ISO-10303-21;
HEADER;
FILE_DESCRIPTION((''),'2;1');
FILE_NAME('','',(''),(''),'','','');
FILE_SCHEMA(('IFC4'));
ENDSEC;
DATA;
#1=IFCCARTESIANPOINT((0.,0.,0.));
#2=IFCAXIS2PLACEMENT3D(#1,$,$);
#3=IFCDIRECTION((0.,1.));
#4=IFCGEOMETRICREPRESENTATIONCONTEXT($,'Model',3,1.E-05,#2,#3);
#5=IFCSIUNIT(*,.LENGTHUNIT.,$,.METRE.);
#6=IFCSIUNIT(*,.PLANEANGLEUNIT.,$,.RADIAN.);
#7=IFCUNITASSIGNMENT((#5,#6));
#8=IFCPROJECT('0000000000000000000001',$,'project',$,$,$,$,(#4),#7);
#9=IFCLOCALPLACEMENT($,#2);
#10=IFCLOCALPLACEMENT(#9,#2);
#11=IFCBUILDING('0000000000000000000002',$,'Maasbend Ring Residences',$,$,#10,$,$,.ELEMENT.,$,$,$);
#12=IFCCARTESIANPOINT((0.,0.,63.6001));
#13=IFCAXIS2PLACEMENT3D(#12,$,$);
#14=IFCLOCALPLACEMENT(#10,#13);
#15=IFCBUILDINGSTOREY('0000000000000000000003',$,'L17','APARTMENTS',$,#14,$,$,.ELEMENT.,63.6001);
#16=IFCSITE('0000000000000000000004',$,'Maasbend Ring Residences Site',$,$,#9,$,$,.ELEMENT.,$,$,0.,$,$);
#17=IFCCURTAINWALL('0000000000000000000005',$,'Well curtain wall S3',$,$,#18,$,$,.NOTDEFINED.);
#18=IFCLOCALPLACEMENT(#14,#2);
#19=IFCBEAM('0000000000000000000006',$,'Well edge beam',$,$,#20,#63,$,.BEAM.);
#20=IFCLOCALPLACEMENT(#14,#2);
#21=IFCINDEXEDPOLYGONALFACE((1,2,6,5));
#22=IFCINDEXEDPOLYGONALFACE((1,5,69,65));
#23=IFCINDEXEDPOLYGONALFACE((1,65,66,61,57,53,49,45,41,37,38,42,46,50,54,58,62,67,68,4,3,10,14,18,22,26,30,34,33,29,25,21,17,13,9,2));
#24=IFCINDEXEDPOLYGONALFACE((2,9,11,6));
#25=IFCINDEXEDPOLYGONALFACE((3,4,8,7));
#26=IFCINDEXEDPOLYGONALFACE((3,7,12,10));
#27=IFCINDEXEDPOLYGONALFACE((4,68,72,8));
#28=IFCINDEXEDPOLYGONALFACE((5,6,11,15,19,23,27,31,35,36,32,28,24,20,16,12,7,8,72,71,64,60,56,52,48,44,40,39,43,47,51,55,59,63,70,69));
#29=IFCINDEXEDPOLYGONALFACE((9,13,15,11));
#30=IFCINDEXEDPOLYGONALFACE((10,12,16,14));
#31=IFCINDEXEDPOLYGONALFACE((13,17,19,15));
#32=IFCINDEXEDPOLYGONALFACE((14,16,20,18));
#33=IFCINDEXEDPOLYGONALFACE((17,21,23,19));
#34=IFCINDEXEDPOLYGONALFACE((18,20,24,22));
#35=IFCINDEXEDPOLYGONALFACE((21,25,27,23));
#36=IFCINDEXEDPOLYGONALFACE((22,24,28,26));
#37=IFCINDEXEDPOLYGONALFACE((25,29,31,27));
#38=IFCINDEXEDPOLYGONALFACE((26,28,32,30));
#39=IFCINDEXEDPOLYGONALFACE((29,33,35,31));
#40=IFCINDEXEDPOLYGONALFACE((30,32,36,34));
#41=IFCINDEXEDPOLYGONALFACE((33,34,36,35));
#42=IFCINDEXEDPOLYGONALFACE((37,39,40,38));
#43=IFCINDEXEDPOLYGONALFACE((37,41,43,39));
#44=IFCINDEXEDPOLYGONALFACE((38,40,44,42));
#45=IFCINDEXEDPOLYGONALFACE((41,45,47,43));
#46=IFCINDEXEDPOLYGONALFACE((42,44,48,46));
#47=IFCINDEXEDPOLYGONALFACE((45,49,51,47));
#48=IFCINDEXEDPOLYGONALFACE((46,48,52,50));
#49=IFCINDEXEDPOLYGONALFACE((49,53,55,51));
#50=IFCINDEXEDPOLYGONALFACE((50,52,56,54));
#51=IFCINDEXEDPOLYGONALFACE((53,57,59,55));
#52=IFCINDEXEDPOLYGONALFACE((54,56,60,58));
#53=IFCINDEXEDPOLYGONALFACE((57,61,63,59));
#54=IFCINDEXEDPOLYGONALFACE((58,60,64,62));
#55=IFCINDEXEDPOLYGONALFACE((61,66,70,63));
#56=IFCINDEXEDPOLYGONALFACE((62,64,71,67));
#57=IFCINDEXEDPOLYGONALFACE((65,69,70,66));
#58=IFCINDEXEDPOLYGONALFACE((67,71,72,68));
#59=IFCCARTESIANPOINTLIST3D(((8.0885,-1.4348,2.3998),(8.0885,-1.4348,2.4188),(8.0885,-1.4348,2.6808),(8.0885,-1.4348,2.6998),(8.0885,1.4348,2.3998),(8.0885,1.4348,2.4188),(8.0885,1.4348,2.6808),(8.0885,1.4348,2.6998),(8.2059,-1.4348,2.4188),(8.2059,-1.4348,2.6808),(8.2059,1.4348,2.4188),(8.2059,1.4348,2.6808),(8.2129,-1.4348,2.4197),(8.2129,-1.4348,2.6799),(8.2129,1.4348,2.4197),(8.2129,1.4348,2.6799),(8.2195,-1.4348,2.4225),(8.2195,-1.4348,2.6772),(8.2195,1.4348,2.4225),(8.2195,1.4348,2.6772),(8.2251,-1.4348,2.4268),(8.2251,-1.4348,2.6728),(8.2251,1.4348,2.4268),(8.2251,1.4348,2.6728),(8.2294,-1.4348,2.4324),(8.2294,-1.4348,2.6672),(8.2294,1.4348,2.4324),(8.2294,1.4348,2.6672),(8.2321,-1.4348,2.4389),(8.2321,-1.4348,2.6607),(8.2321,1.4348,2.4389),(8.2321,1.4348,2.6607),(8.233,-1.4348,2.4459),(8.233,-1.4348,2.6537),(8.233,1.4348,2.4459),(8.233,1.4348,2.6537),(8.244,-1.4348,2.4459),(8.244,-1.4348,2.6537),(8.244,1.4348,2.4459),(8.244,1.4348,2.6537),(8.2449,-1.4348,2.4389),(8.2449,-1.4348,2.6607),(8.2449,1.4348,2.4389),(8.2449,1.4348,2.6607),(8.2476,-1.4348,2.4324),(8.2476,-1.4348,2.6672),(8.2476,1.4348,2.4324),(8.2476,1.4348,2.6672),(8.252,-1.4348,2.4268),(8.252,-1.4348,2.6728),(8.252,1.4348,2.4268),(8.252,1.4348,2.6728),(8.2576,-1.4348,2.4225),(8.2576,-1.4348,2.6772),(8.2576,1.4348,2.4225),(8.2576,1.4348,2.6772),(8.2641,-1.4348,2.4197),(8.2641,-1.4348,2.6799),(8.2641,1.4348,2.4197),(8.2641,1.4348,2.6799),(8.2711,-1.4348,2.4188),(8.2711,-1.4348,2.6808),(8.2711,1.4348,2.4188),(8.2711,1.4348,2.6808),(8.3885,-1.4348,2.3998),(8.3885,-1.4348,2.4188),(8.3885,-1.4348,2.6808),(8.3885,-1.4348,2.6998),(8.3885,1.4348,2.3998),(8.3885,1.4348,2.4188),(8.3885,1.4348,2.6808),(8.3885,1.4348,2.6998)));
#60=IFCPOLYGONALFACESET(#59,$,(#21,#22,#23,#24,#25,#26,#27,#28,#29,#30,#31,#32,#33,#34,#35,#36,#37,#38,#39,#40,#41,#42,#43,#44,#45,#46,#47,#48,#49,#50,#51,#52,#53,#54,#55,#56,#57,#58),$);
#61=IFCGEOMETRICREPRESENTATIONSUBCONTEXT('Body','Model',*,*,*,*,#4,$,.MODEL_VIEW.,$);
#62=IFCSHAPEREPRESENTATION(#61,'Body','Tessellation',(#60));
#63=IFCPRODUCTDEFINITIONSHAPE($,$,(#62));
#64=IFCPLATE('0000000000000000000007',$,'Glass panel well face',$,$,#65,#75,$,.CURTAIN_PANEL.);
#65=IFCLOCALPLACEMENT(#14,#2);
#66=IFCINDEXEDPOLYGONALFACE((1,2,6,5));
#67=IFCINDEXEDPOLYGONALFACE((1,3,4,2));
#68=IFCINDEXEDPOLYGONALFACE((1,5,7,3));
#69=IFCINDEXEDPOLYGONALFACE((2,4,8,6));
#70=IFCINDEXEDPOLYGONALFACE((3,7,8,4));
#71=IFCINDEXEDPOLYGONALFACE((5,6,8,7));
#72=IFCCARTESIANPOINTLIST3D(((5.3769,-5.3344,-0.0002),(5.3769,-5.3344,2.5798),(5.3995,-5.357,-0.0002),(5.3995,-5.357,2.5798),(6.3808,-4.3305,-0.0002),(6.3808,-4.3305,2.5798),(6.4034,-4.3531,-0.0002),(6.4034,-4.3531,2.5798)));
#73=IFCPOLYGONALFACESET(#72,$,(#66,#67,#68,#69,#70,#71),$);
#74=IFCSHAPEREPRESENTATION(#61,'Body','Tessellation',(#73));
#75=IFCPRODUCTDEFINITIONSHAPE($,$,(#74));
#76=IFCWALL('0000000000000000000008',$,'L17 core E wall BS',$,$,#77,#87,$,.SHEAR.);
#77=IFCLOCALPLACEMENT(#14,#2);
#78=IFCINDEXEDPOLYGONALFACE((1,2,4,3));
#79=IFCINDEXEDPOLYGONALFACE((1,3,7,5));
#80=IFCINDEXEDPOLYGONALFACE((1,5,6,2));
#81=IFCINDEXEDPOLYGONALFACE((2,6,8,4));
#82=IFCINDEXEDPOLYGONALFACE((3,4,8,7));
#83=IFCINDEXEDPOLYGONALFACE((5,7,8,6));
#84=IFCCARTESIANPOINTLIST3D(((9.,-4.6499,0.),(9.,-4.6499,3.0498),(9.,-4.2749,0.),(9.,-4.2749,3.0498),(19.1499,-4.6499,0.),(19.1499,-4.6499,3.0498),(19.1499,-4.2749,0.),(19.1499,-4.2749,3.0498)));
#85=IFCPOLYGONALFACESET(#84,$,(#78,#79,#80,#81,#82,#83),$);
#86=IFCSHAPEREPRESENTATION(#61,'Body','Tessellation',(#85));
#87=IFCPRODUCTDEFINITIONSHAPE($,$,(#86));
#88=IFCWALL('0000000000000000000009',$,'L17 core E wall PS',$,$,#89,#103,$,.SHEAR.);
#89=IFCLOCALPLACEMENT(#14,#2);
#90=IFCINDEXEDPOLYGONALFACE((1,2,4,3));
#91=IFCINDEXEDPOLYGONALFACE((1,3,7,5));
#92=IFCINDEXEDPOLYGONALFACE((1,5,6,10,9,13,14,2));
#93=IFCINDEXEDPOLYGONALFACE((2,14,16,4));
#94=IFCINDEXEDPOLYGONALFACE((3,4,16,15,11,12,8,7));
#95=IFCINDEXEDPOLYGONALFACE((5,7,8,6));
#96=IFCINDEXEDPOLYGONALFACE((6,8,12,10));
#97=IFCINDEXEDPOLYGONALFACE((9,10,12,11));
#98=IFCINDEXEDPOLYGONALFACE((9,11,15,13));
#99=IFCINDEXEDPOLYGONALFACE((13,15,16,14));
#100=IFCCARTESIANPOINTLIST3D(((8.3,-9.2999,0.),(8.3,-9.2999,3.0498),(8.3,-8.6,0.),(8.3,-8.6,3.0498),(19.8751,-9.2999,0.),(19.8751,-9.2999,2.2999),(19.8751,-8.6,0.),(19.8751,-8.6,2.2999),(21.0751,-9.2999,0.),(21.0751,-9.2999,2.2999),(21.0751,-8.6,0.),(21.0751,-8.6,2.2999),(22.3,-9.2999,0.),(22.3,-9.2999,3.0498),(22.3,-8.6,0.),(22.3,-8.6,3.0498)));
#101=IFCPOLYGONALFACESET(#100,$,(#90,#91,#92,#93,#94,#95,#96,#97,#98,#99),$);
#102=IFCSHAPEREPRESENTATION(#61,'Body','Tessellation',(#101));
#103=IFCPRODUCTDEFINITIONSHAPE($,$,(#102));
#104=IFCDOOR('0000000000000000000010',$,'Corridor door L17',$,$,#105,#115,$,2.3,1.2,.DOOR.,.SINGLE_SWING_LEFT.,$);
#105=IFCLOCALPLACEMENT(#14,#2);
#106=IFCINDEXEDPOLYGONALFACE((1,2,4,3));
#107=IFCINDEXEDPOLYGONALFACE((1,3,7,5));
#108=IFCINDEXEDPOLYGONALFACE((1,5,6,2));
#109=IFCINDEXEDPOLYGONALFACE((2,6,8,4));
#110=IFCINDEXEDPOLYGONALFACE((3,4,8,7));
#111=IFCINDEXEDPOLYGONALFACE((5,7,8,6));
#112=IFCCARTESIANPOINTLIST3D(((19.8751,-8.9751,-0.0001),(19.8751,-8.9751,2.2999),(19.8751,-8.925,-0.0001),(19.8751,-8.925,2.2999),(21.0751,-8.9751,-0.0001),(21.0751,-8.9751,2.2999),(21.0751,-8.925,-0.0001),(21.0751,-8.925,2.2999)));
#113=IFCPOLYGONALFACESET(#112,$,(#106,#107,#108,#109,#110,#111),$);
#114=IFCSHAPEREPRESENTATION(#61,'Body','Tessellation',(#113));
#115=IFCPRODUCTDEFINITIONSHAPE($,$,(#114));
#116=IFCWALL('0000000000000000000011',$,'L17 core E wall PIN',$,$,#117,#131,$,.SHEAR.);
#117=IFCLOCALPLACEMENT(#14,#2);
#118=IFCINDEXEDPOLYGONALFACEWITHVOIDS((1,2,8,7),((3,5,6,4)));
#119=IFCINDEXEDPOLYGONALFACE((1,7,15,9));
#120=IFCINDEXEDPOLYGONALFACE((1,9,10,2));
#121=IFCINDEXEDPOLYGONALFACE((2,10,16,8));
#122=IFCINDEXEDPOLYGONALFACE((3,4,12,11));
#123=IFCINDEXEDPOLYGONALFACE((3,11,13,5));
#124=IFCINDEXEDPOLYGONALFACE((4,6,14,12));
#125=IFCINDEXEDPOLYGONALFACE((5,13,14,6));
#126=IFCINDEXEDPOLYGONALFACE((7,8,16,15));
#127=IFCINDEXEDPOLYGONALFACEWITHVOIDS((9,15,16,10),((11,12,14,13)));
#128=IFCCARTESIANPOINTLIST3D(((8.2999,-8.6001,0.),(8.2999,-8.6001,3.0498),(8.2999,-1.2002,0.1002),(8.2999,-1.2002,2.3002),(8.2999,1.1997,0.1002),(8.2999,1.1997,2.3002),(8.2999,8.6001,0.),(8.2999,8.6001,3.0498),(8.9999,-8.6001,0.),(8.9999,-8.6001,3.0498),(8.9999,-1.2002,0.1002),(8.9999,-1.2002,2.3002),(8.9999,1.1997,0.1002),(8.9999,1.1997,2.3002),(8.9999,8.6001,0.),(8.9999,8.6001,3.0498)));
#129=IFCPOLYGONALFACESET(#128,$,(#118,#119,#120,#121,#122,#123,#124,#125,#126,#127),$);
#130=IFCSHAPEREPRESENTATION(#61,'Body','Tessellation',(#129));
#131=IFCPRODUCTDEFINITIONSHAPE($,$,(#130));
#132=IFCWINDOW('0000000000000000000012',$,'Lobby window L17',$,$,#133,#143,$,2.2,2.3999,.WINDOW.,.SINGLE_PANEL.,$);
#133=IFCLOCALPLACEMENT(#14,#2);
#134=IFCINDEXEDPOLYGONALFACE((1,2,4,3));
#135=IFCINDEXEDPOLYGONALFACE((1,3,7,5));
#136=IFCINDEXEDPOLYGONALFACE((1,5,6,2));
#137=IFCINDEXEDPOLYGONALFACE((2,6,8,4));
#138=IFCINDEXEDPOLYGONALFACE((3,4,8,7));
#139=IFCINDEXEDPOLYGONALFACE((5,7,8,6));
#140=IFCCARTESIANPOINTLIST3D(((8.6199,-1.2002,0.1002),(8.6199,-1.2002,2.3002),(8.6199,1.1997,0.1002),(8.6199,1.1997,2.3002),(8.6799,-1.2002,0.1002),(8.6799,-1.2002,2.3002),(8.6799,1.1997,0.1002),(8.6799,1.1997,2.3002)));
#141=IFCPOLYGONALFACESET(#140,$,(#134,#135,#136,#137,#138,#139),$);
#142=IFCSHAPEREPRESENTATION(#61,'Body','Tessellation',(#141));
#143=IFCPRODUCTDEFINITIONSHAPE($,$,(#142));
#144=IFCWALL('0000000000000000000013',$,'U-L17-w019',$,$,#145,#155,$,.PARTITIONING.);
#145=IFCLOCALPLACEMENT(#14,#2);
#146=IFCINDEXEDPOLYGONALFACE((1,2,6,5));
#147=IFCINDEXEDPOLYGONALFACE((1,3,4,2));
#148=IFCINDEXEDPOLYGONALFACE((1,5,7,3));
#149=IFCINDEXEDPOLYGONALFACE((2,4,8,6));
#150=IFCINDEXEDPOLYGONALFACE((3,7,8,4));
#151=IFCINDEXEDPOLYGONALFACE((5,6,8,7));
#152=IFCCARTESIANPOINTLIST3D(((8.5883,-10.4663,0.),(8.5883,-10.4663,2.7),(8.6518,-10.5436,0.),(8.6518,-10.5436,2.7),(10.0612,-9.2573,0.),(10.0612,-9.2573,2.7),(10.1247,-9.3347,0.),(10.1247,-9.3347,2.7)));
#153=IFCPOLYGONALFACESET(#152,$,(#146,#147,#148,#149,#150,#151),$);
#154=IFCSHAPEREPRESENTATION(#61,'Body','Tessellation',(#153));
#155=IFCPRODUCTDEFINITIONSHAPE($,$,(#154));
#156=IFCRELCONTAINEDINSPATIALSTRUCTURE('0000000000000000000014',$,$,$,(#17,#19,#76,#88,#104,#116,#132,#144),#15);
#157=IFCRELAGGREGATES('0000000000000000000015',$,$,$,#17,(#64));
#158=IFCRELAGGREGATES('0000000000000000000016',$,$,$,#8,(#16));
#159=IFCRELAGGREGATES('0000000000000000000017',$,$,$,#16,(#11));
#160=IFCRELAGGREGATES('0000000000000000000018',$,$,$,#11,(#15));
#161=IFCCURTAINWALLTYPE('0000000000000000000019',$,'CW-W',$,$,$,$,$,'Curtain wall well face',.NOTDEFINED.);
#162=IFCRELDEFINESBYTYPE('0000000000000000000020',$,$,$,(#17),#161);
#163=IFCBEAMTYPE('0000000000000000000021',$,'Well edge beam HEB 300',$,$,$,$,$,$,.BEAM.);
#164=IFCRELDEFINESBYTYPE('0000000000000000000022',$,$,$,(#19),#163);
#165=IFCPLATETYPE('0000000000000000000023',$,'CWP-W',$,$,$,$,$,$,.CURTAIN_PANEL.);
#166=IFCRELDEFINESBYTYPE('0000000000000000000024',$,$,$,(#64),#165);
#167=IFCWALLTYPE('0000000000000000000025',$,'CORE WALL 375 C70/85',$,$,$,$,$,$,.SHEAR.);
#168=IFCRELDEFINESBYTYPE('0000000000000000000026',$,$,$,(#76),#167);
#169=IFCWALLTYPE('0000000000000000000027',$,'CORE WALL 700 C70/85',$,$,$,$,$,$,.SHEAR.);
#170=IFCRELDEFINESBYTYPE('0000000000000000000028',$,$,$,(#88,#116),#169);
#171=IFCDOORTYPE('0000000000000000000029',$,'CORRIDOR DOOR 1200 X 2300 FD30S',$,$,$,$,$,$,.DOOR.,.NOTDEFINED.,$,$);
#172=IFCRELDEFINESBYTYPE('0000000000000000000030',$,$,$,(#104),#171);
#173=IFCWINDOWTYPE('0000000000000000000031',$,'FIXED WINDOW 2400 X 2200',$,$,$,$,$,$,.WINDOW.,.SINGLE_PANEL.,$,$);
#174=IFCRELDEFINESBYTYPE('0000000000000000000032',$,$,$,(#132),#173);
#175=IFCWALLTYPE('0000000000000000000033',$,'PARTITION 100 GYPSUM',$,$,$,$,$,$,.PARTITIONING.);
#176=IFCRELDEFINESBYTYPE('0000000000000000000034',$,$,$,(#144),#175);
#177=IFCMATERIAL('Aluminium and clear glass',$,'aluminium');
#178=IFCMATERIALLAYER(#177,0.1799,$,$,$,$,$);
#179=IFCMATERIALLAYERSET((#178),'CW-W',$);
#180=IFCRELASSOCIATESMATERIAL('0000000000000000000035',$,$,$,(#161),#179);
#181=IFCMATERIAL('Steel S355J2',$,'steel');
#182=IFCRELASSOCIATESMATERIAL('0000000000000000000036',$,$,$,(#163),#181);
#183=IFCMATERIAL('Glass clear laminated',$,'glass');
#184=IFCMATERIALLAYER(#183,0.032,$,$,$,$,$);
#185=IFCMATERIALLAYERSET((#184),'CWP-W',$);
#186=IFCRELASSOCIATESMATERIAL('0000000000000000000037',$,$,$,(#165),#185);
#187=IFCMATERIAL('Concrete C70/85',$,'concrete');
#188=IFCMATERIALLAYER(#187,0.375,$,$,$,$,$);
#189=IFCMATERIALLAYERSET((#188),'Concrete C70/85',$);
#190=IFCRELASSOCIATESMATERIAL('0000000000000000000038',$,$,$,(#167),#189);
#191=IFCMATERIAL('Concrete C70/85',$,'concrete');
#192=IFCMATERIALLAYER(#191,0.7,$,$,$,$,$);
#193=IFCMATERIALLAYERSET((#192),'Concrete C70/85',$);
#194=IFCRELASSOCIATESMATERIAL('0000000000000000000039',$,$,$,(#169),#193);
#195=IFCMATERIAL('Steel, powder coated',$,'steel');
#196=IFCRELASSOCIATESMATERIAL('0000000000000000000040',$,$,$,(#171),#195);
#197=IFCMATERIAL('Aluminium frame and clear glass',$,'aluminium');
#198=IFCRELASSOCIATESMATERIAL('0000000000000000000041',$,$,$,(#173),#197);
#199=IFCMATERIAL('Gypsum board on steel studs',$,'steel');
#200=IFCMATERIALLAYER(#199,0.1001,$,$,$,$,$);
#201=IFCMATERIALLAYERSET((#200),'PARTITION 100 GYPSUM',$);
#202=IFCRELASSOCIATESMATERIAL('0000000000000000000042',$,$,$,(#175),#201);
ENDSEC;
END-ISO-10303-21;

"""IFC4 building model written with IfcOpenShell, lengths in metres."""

from ifc_helpers import new_model, si_unit, direction, frame, frame_2d, origin, origin_2d, place, context, subcontext, project, spatial, rectangle, i_section, extrude, material, layer, layer_set, material_profile, profile_set, type_object, element, fill, aggregate, save


model = new_model("IFC4")

# Units and contexts
model_context = context("Model", 3, precision=1e-05, world=origin(), true_north=direction((0.0, 1.0)))
body_context = subcontext(model_context, "Body", "Model", "MODEL_VIEW")
ifc_project = project(units=[si_unit("LENGTHUNIT", "METRE"), si_unit("PLANEANGLEUNIT", "RADIAN")], contexts=[model_context])

# Site, building, storey
site_placement = place(None, origin())
site = spatial("IfcSite", under=ifc_project, at=site_placement, Name="Maasbend Ring Residences Site", CompositionType="ELEMENT", RefElevation=0.0)
building_placement = place(site_placement, origin())
building = spatial("IfcBuilding", under=site, at=building_placement, Name="Maasbend Ring Residences", CompositionType="ELEMENT")
storey_placement = place(building_placement, frame((0.0, 0.0, 63.6001)))
storey = spatial("IfcBuildingStorey", under=building, at=storey_placement, Name="L17", Description="APARTMENTS", CompositionType="ELEMENT", Elevation=63.6001)

# Curtain wall
ifc_material_1 = material(Name="Aluminium and clear glass", Category="aluminium")
ifc_layer_1 = layer(ifc_material_1, 0.1799)
ifc_layer_set_1 = layer_set([ifc_layer_1], Name="CW-W")
curtain_wall_type = type_object("IfcCurtainWallType", Name="CW-W", ElementType="Curtain wall well face", PredefinedType="NOTDEFINED", material=ifc_layer_set_1)
curtain_wall_placement = place(storey_placement, origin())
curtain_wall = element("IfcCurtainWall", 1, at=curtain_wall_placement, inside=storey, type_object=curtain_wall_type, Name="Well curtain wall S3", PredefinedType="NOTDEFINED")

# Beam
ifc_material_2 = material(Name="Steel S355J2", Category="steel")
ifc_material_profile_1 = material_profile(ifc_material_2, i_section(OverallWidth=0.3, OverallDepth=0.3, WebThickness=0.011, FlangeThickness=0.019, FilletRadius=0.0271, at=origin_2d()), Name="HEB 300")
ifc_profile_set_1 = profile_set([ifc_material_profile_1], Name="Steel S355J2")
beam_type = type_object("IfcBeamType", Name="Well edge beam HEB 300", PredefinedType="BEAM", material=ifc_profile_set_1)
beam_1_placement = place(storey_placement, frame((8.2385, -1.4348, 2.5498), z_axis=(0.0, 1.0, 0.0), x_axis=(-1.0, 0.0, 0.0)))
element("IfcBeam", 2, at=beam_1_placement, inside=storey, type_object=beam_type, Name="Well edge beam", PredefinedType="BEAM", context=body_context, shape_type="SweptSolid", body=[
    extrude(i_section(OverallWidth=0.3, OverallDepth=0.3, WebThickness=0.011, FlangeThickness=0.019, FilletRadius=0.0271, at=origin_2d()), origin(), (0.0, 0.0, 1.0), 2.8696),
])

# Plate
ifc_material_3 = material(Name="Glass clear laminated", Category="glass")
ifc_layer_2 = layer(ifc_material_3, 0.032)
ifc_layer_set_2 = layer_set([ifc_layer_2], Name="CWP-W")
plate_type = type_object("IfcPlateType", Name="CWP-W", PredefinedType="CURTAIN_PANEL", material=ifc_layer_set_2)
plate_placement = place(storey_placement, frame((5.8901, -4.8438, -0.0002), z_axis=(0.0, 0.0, 1.0), x_axis=(0.707107, 0.707107, 0.0)))
plate = element("IfcPlate", 3, at=plate_placement, type_object=plate_type, Name="Glass panel well face", PredefinedType="CURTAIN_PANEL", context=body_context, shape_type="SweptSolid", body=[
    extrude(rectangle(XDim=1.4197, YDim=0.032, at=origin_2d()), origin(), (0.0, 0.0, 1.0), 2.5801),
])
aggregate(curtain_wall, [plate])

# Wall
ifc_material_4 = material(Name="Concrete C70/85", Category="concrete")
ifc_layer_3 = layer(ifc_material_4, 0.375)
ifc_layer_set_3 = layer_set([ifc_layer_3], Name="Concrete C70/85")
wall_type_1 = type_object("IfcWallType", Name="CORE WALL 375 C70/85", PredefinedType="SHEAR", material=ifc_layer_set_3)
wall_1_placement = place(storey_placement, frame((9.0, -4.4624, 0.0), z_axis=(0.0, 0.0, 1.0), x_axis=(1.0, 0.0, 0.0)))
element("IfcWall", 4, at=wall_1_placement, inside=storey, type_object=wall_type_1, Name="L17 core E wall BS", PredefinedType="SHEAR", context=body_context, shape_type="SweptSolid", body=[
    extrude(rectangle(XDim=10.1499, YDim=0.375, at=frame_2d((5.075, 0.0))), origin(), (0.0, 0.0, 1.0), 3.0498),
])

# Wall, opening, door
ifc_material_5 = material(Name="Concrete C70/85", Category="concrete")
ifc_layer_4 = layer(ifc_material_5, 0.7)
ifc_layer_set_4 = layer_set([ifc_layer_4], Name="Concrete C70/85")
wall_type_2 = type_object("IfcWallType", Name="CORE WALL 700 C70/85", PredefinedType="SHEAR", material=ifc_layer_set_4)
wall_2_placement = place(storey_placement, frame((8.3, -8.95, 0.0), z_axis=(0.0, 0.0, 1.0), x_axis=(1.0, 0.0, 0.0)))
wall_2 = element("IfcWall", 5, at=wall_2_placement, inside=storey, type_object=wall_type_2, Name="L17 core E wall PS", PredefinedType="SHEAR", context=body_context, shape_type="SweptSolid", body=[
    extrude(rectangle(XDim=14.0, YDim=0.7, at=frame_2d((7.0, 0.0))), origin(), (0.0, 0.0, 1.0), 3.0498),
])
opening_1_placement = place(wall_2_placement, frame((11.575, 0.0, 0.0)))
opening_1 = element("IfcOpeningElement", 6, at=opening_1_placement, cuts=wall_2, PredefinedType="OPENING", context=body_context, shape_type="SweptSolid", body=[
    extrude(rectangle(XDim=1.2, YDim=2.3, at=frame_2d((0.6001, 1.1499))), frame((0.0, 0.3599, 0.0), z_axis=(0.0, -1.0, 0.0), x_axis=(1.0, 0.0, 0.0)), (0.0, 0.0, 1.0), 0.72),
])
ifc_material_6 = material(Name="Steel, powder coated", Category="steel")
door_type_1 = type_object("IfcDoorType", Name="CORRIDOR DOOR 1200 X 2300 FD30S", OperationType="NOTDEFINED", PredefinedType="DOOR", material=ifc_material_6)
door_1_placement = place(opening_1_placement, origin())
door_1 = element("IfcDoor", 7, at=door_1_placement, inside=storey, type_object=door_type_1, Name="Corridor door L17", OperationType="SINGLE_SWING_LEFT", OverallHeight=2.3, OverallWidth=1.2, PredefinedType="DOOR", context=body_context, shape_type="SweptSolid", body=[
    extrude(rectangle(XDim=1.2, YDim=2.3, at=frame_2d((0.6001, 1.1499))), frame((0.0, 0.0249, 0.0), z_axis=(0.0, -1.0, 0.0), x_axis=(1.0, 0.0, 0.0)), (0.0, 0.0, 1.0), 0.05),
])
fill(opening_1, door_1)

# Wall, opening, window
wall_3_placement = place(storey_placement, frame((8.6499, -8.6001, 0.0), z_axis=(0.0, 0.0, 1.0), x_axis=(0.0, 1.0, 0.0)))
wall_3 = element("IfcWall", 8, at=wall_3_placement, inside=storey, type_object=wall_type_2, Name="L17 core E wall PIN", PredefinedType="SHEAR", context=body_context, shape_type="SweptSolid", body=[
    extrude(rectangle(XDim=17.2002, YDim=0.7, at=frame_2d((8.6001, 0.0))), origin(), (0.0, 0.0, 1.0), 3.0498),
])
opening_2_placement = place(wall_3_placement, frame((7.3999, 0.0, 0.1001)))
opening_2 = element("IfcOpeningElement", 9, at=opening_2_placement, cuts=wall_3, PredefinedType="OPENING", context=body_context, shape_type="SweptSolid", body=[
    extrude(rectangle(XDim=2.3999, YDim=2.2, at=frame_2d((1.2, 1.1001))), frame((0.0, 0.3599, 0.0), z_axis=(0.0, -1.0, 0.0), x_axis=(1.0, 0.0, 0.0)), (0.0, 0.0, 1.0), 0.72),
])
ifc_material_7 = material(Name="Aluminium frame and clear glass", Category="aluminium")
window_type = type_object("IfcWindowType", Name="FIXED WINDOW 2400 X 2200", PartitioningType="SINGLE_PANEL", PredefinedType="WINDOW", material=ifc_material_7)
window_placement = place(opening_2_placement, origin())
window = element("IfcWindow", 10, at=window_placement, inside=storey, type_object=window_type, Name="Lobby window L17", OverallHeight=2.2, OverallWidth=2.3999, PartitioningType="SINGLE_PANEL", PredefinedType="WINDOW", context=body_context, shape_type="SweptSolid", body=[
    extrude(rectangle(XDim=2.3999, YDim=2.2, at=frame_2d((1.2, 1.1001))), frame((0.0, 0.03, 0.0), z_axis=(0.0, -1.0, 0.0), x_axis=(1.0, 0.0, 0.0)), (0.0, 0.0, 1.0), 0.0601),
])
fill(opening_2, window)

# Wall
ifc_material_8 = material(Name="Gypsum board on steel studs", Category="steel")
ifc_layer_5 = layer(ifc_material_8, 0.1001)
ifc_layer_set_5 = layer_set([ifc_layer_5], Name="PARTITION 100 GYPSUM")
wall_type_3 = type_object("IfcWallType", Name="PARTITION 100 GYPSUM", PredefinedType="PARTITIONING", material=ifc_layer_set_5)
wall_4_placement = place(storey_placement, frame((8.6201, -10.5049, 0.0), z_axis=(0.0, 0.0, 1.0), x_axis=(0.772957, 0.634458, 0.0)))
element("IfcWall", 11, at=wall_4_placement, inside=storey, type_object=wall_type_3, Name="U-L17-w019", PredefinedType="PARTITIONING", context=body_context, shape_type="SweptSolid", body=[
    extrude(rectangle(XDim=1.9055, YDim=0.1001, at=frame_2d((0.9526, 0.0))), origin(), (0.0, 0.0, 1.0), 2.7),
])

save(model, "model.ifc")
